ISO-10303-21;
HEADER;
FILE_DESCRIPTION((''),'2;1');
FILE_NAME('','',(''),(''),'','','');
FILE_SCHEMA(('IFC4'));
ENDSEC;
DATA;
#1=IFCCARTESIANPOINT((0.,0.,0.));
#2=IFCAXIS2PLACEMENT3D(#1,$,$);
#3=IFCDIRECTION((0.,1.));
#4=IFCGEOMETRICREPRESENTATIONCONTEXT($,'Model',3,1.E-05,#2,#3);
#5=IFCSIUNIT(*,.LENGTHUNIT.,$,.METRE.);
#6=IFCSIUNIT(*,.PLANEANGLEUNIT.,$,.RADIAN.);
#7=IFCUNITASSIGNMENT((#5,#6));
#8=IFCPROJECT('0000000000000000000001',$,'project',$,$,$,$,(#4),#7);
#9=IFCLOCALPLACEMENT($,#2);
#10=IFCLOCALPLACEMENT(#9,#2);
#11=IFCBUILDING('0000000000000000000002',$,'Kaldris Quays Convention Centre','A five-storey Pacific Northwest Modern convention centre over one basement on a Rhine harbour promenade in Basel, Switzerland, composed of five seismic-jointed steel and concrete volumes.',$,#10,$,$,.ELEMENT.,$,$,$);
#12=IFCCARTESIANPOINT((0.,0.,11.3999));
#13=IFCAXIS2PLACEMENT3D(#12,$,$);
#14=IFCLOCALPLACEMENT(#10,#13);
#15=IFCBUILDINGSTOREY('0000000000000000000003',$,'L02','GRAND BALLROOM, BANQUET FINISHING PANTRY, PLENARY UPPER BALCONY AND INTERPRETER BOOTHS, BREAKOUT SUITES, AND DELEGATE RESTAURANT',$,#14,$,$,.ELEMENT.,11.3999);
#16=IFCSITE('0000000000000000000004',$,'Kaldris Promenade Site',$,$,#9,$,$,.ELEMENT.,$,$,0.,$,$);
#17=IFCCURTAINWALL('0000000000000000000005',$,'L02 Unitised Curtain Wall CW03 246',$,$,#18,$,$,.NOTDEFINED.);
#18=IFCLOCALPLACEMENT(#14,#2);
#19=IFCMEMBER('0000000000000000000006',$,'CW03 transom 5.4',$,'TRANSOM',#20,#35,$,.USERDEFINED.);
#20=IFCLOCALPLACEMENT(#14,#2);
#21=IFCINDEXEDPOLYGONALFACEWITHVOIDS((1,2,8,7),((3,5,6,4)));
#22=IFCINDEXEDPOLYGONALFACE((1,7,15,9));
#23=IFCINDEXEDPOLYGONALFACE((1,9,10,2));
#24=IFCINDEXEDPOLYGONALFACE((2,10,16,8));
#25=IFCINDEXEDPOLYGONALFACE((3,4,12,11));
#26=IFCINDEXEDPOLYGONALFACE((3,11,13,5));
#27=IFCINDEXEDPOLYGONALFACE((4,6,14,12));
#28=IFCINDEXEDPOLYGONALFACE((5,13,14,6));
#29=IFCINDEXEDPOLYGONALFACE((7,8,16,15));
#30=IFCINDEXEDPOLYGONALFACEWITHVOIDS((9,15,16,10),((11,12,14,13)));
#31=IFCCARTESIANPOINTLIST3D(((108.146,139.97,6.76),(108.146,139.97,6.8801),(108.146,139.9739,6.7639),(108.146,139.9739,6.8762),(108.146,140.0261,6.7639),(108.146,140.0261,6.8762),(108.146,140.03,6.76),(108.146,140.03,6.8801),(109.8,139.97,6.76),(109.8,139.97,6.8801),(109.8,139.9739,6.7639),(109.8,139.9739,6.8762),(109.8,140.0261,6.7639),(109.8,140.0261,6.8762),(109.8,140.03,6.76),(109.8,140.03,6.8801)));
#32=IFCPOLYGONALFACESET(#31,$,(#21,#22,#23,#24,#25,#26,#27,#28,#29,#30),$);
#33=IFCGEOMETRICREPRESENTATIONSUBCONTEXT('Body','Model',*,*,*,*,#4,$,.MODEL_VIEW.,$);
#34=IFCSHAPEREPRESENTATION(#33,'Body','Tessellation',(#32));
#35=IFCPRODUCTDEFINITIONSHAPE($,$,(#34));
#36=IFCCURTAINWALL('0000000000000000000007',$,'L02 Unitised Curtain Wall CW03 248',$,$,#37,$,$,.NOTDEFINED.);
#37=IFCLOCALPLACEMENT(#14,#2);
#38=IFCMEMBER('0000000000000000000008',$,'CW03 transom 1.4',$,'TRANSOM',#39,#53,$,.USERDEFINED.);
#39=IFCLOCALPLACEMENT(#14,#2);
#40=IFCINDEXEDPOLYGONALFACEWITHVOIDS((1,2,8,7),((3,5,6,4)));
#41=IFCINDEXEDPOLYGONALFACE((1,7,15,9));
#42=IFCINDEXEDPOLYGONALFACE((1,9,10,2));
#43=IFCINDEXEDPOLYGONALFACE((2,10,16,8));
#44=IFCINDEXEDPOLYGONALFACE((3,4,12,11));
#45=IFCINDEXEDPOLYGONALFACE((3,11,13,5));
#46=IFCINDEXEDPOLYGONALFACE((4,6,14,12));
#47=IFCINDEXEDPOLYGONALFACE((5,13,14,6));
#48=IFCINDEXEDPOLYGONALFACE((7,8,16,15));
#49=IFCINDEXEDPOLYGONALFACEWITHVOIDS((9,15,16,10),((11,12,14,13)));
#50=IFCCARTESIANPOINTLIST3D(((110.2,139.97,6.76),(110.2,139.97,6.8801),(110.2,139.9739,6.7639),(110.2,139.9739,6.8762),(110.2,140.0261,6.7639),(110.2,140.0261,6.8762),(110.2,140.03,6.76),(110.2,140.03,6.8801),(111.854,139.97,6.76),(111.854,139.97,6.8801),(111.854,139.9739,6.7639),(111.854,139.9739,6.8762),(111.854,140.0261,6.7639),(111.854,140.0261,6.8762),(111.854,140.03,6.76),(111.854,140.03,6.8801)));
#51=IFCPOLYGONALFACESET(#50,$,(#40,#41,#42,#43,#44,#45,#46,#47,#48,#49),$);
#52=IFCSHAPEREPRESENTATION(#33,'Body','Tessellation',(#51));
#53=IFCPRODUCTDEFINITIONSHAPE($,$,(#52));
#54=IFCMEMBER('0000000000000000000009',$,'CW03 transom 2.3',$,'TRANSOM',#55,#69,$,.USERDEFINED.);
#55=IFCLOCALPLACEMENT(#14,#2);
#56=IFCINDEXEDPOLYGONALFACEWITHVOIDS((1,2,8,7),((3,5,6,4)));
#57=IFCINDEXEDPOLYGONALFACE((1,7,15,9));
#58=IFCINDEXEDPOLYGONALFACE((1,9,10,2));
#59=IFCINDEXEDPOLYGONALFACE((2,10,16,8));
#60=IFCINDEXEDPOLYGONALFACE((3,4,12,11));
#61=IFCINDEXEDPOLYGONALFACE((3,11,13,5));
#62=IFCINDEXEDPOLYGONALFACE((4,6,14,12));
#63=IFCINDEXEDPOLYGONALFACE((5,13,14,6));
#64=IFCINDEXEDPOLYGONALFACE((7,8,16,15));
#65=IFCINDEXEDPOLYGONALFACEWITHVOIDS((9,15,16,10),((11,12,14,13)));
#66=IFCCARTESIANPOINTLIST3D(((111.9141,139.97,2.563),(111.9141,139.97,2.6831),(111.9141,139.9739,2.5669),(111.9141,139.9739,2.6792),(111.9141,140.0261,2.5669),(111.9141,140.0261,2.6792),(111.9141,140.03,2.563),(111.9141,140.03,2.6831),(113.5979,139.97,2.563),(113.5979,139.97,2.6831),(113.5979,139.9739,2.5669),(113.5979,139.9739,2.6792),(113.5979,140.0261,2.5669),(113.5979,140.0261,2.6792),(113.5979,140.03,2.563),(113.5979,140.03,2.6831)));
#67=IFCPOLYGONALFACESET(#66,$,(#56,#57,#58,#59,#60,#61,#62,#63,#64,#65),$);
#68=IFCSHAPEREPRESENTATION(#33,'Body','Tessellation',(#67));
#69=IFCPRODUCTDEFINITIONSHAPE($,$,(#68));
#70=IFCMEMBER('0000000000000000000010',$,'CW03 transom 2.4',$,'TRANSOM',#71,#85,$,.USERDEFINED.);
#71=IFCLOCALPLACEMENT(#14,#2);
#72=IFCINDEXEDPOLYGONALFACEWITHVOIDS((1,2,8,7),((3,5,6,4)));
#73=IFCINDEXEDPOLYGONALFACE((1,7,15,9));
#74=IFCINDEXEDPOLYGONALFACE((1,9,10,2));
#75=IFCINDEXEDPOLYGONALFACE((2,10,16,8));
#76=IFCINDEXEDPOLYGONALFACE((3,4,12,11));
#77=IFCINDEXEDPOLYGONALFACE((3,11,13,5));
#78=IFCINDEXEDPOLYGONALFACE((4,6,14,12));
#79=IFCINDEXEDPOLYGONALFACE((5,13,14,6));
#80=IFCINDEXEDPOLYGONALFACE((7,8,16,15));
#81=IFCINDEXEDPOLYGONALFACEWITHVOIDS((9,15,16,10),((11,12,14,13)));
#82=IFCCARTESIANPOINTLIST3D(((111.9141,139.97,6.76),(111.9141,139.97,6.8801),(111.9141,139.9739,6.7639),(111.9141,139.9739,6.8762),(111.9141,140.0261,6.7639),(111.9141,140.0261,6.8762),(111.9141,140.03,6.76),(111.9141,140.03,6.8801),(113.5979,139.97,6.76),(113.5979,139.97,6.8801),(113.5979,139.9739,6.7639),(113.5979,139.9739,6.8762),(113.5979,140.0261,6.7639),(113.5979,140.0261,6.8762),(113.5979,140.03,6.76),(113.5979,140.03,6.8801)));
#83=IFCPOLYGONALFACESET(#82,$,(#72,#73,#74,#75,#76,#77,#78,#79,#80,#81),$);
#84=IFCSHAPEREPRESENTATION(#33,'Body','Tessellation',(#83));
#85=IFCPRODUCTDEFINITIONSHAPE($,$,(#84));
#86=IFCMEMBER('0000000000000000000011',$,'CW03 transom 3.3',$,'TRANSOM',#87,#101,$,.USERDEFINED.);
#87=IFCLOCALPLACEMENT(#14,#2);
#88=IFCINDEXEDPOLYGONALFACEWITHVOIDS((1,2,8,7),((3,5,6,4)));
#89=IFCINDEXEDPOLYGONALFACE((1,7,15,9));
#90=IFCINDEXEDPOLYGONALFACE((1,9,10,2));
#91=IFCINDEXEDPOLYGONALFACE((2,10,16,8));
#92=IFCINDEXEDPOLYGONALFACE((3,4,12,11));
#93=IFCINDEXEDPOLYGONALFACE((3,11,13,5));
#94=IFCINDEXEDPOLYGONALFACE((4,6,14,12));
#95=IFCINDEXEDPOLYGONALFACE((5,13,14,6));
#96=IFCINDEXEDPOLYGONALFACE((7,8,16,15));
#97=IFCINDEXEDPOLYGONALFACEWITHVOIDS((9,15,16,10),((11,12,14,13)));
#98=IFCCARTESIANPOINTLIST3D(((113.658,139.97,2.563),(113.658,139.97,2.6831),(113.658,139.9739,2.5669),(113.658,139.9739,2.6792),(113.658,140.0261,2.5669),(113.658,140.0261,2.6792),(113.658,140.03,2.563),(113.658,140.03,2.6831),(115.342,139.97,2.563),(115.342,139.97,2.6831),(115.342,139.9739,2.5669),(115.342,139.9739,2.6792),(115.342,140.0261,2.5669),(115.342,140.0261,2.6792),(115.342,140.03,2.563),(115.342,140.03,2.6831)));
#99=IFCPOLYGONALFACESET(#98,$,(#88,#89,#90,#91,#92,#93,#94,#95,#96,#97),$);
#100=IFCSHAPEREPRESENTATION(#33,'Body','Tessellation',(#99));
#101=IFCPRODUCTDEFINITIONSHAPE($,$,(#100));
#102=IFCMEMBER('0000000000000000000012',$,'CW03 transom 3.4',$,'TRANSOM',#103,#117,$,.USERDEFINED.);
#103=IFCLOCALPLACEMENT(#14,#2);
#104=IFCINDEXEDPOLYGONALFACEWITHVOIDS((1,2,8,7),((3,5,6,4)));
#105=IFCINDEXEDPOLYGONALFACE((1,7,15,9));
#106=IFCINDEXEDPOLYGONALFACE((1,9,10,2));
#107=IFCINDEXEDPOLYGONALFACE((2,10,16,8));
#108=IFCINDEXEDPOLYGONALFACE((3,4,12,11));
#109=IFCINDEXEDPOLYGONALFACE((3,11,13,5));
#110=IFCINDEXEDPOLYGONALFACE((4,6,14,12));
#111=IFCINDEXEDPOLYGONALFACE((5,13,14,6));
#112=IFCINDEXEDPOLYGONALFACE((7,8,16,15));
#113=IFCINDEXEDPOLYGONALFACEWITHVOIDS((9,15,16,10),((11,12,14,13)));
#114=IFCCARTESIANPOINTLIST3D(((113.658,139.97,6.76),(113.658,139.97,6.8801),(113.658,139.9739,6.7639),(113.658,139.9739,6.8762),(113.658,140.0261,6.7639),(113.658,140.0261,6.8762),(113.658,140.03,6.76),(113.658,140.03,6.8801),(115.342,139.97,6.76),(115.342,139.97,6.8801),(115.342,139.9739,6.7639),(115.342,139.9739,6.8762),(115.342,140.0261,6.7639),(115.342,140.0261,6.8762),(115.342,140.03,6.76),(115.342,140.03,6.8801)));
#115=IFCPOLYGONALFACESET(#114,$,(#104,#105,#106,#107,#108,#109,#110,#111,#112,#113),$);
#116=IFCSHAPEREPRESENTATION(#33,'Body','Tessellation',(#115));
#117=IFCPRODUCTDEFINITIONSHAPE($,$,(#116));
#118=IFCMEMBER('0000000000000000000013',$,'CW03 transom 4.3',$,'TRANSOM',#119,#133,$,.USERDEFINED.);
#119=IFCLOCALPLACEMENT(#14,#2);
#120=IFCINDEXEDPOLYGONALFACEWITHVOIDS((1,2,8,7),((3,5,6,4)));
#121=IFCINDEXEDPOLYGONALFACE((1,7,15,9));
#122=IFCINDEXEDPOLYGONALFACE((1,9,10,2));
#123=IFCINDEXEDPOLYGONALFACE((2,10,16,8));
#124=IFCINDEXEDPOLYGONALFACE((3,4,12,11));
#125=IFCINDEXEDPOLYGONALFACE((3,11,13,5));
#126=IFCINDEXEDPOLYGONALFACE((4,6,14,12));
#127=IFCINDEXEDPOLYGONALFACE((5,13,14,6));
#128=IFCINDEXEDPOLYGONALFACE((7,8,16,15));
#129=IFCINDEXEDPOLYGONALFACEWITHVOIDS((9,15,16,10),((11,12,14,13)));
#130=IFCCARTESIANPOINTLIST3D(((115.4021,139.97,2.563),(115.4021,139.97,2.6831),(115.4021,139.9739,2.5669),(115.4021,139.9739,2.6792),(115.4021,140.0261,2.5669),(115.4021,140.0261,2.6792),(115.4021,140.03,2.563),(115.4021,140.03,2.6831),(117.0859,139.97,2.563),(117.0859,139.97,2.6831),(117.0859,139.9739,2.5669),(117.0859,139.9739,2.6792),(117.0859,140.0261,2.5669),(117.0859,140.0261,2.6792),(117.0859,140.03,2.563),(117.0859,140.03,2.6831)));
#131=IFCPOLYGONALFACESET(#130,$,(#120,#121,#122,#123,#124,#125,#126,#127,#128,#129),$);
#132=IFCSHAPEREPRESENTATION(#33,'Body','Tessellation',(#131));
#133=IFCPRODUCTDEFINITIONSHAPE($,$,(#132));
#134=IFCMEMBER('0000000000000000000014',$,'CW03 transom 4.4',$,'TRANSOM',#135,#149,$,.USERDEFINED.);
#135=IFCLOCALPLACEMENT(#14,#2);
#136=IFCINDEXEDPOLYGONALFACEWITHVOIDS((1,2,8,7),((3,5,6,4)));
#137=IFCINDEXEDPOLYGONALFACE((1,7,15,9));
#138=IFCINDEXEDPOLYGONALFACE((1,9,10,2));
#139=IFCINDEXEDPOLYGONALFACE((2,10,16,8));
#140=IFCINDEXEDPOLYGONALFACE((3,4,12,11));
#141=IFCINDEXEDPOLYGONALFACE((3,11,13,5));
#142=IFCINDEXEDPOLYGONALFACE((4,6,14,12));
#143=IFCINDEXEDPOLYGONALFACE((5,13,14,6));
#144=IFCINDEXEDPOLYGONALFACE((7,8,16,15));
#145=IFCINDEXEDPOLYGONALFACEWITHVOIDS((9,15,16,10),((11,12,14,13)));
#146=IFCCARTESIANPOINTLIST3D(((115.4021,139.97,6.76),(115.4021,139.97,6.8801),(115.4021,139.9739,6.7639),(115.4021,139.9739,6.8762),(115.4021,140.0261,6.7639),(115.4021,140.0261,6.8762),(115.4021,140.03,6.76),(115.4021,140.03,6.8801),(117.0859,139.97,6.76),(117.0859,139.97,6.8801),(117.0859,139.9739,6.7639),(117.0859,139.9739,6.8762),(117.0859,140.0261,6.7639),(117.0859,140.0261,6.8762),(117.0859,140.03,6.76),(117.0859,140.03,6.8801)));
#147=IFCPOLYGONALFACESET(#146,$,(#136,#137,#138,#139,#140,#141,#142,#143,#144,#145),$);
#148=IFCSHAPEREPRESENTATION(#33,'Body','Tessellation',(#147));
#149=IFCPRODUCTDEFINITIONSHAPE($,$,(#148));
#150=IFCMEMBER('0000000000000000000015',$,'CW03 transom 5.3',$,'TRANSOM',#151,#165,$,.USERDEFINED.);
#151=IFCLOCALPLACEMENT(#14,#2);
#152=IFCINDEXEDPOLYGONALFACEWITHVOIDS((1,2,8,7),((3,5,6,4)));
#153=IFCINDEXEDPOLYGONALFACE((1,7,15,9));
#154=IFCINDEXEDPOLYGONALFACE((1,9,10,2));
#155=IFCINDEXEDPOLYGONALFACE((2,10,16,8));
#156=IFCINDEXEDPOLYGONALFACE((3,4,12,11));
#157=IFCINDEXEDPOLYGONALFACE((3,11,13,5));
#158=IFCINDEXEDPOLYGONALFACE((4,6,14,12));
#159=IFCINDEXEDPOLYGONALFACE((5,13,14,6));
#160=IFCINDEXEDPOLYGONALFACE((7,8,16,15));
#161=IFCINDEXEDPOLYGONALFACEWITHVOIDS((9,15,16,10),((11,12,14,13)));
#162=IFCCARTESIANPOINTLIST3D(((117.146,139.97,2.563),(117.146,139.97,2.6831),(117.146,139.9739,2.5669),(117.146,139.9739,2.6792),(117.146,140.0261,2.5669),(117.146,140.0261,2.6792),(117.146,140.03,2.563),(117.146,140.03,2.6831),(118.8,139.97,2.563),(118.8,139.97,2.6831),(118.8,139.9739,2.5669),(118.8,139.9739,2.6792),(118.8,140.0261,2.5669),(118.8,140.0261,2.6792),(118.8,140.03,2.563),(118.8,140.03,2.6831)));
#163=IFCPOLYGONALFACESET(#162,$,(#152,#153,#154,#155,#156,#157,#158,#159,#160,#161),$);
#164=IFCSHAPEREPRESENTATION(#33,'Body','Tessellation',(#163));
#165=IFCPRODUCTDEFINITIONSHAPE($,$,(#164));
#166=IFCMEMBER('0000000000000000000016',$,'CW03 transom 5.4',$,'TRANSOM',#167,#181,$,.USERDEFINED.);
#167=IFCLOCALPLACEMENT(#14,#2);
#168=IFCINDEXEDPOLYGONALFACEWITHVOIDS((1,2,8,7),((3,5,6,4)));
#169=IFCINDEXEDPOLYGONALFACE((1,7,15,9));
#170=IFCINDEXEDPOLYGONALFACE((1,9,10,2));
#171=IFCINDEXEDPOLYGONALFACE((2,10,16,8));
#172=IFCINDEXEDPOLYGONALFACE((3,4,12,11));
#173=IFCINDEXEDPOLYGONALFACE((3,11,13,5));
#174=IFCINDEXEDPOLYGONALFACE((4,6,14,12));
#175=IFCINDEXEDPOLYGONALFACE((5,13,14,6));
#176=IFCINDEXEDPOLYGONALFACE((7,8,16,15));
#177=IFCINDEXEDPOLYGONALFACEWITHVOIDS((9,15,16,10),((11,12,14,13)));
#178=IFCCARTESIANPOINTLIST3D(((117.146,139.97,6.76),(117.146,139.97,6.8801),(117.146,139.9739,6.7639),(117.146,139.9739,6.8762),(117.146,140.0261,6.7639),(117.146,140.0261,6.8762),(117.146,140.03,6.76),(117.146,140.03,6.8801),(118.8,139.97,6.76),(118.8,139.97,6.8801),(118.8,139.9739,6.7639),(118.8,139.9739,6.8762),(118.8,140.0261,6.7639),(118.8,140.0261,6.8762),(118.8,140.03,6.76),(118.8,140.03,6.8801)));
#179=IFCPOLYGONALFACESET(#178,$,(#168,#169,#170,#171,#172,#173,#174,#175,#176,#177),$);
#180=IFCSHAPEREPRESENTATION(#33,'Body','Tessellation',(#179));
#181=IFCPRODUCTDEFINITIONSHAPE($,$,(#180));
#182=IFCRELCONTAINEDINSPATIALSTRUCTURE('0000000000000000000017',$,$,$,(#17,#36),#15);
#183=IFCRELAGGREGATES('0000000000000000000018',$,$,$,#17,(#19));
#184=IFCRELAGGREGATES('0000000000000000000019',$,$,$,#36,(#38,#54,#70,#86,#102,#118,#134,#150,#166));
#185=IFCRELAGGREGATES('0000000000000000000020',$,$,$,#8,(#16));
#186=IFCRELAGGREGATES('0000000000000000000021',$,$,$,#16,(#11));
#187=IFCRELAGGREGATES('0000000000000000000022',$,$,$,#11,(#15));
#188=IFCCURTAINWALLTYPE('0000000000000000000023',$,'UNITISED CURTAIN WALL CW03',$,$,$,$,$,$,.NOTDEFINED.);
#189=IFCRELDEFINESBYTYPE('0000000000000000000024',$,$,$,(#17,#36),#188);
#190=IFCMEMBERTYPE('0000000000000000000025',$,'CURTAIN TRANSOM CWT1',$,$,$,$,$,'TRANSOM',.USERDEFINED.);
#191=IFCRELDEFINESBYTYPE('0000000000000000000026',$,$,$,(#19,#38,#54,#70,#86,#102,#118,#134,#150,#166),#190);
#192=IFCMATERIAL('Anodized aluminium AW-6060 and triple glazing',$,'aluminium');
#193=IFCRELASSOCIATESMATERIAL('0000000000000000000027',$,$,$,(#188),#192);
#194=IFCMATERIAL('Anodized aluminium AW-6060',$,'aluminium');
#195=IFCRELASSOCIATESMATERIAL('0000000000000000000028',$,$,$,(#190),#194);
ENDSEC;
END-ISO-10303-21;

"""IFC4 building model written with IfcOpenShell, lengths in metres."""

from ifc_helpers import new_model, si_unit, direction, frame, origin, origin_2d, place, context, subcontext, project, spatial, hollow_rectangle, extrude, material, material_profile, profile_set, type_object, element, aggregate, save


model = new_model("IFC4")

# Units and contexts
model_context = context("Model", 3, precision=1e-05, world=origin(), true_north=direction((0.0, 1.0)))
body_context = subcontext(model_context, "Body", "Model", "MODEL_VIEW")
ifc_project = project(units=[si_unit("LENGTHUNIT", "METRE"), si_unit("PLANEANGLEUNIT", "RADIAN")], contexts=[model_context])

# Site, building, storey
site_placement = place(None, origin())
site = spatial("IfcSite", under=ifc_project, at=site_placement, Name="Kaldris Promenade Site", CompositionType="ELEMENT", RefElevation=0.0)
building_placement = place(site_placement, origin())
building = spatial("IfcBuilding", under=site, at=building_placement, Name="Kaldris Quays Convention Centre", Description="A five-storey Pacific Northwest Modern convention centre over one basement on a Rhine harbour promenade in Basel, Switzerland, composed of five seismic-jointed steel and concrete volumes.", CompositionType="ELEMENT")
storey_placement = place(building_placement, frame((0.0, 0.0, 11.3999)))
storey = spatial("IfcBuildingStorey", under=building, at=storey_placement, Name="L02", Description="GRAND BALLROOM, BANQUET FINISHING PANTRY, PLENARY UPPER BALCONY AND INTERPRETER BOOTHS, BREAKOUT SUITES, AND DELEGATE RESTAURANT", CompositionType="ELEMENT", Elevation=11.3999)

# Curtain wall, member
ifc_material_1 = material(Name="Anodized aluminium AW-6060 and triple glazing", Category="aluminium")
curtain_wall_type = type_object("IfcCurtainWallType", Name="UNITISED CURTAIN WALL CW03", PredefinedType="NOTDEFINED", material=ifc_material_1)
curtain_wall_1_placement = place(storey_placement, origin())
curtain_wall_1 = element("IfcCurtainWall", 1, at=curtain_wall_1_placement, inside=storey, type_object=curtain_wall_type, Name="L02 Unitised Curtain Wall CW03 246", PredefinedType="NOTDEFINED")
ifc_material_2 = material(Name="Anodized aluminium AW-6060", Category="aluminium")
ifc_material_profile_1 = material_profile(ifc_material_2, hollow_rectangle(XDim=0.0601, YDim=0.1201, WallThickness=0.0039, at=origin_2d()), Name="RHS 120x60x4")
ifc_profile_set_1 = profile_set([ifc_material_profile_1], Name="Anodized aluminium AW-6060")
member_type_1 = type_object("IfcMemberType", Name="CURTAIN TRANSOM CWT1", ElementType="TRANSOM", PredefinedType="USERDEFINED", material=ifc_profile_set_1)
member_1_placement = place(storey_placement, frame((108.146, 140.0, 6.8201), z_axis=(1.0, 0.0, 0.0), x_axis=(0.0, 1.0, 0.0)))
member_1 = element("IfcMember", 2, at=member_1_placement, type_object=member_type_1, Name="CW03 transom 5.4", ObjectType="TRANSOM", PredefinedType="USERDEFINED", context=body_context, shape_type="SweptSolid", body=[
    extrude(hollow_rectangle(XDim=0.0601, YDim=0.1201, WallThickness=0.0039, at=origin_2d()), origin(), (0.0, 0.0, 1.0), 1.6541),
])

# Curtain wall, members
curtain_wall_2_placement = place(storey_placement, origin())
curtain_wall_2 = element("IfcCurtainWall", 3, at=curtain_wall_2_placement, inside=storey, type_object=curtain_wall_type, Name="L02 Unitised Curtain Wall CW03 248", PredefinedType="NOTDEFINED")
member_2_placement = place(storey_placement, frame((110.2, 140.0, 6.8201), z_axis=(1.0, 0.0, 0.0), x_axis=(0.0, 1.0, 0.0)))
member_2 = element("IfcMember", 4, at=member_2_placement, type_object=member_type_1, Name="CW03 transom 1.4", ObjectType="TRANSOM", PredefinedType="USERDEFINED", context=body_context, shape_type="SweptSolid", body=[
    extrude(hollow_rectangle(XDim=0.0601, YDim=0.1201, WallThickness=0.0039, at=origin_2d()), origin(), (0.0, 0.0, 1.0), 1.6541),
])
member_3_placement = place(storey_placement, frame((111.9141, 140.0, 2.623), z_axis=(1.0, 0.0, 0.0), x_axis=(0.0, 1.0, 0.0)))
member_3 = element("IfcMember", 5, at=member_3_placement, type_object=member_type_1, Name="CW03 transom 2.3", ObjectType="TRANSOM", PredefinedType="USERDEFINED", context=body_context, shape_type="SweptSolid", body=[
    extrude(hollow_rectangle(XDim=0.0601, YDim=0.1201, WallThickness=0.0039, at=origin_2d()), origin(), (0.0, 0.0, 1.0), 1.6838),
])
member_4_placement = place(storey_placement, frame((111.9141, 140.0, 6.8201), z_axis=(1.0, 0.0, 0.0), x_axis=(0.0, 1.0, 0.0)))
member_4 = element("IfcMember", 6, at=member_4_placement, type_object=member_type_1, Name="CW03 transom 2.4", ObjectType="TRANSOM", PredefinedType="USERDEFINED", context=body_context, shape_type="SweptSolid", body=[
    extrude(hollow_rectangle(XDim=0.0601, YDim=0.1201, WallThickness=0.0039, at=origin_2d()), origin(), (0.0, 0.0, 1.0), 1.6838),
])
member_5_placement = place(storey_placement, frame((113.658, 140.0, 2.623), z_axis=(1.0, 0.0, 0.0), x_axis=(0.0, 1.0, 0.0)))
member_5 = element("IfcMember", 7, at=member_5_placement, type_object=member_type_1, Name="CW03 transom 3.3", ObjectType="TRANSOM", PredefinedType="USERDEFINED", context=body_context, shape_type="SweptSolid", body=[
    extrude(hollow_rectangle(XDim=0.0601, YDim=0.1201, WallThickness=0.0039, at=origin_2d()), origin(), (0.0, 0.0, 1.0), 1.6841),
])
member_6_placement = place(storey_placement, frame((113.658, 140.0, 6.8201), z_axis=(1.0, 0.0, 0.0), x_axis=(0.0, 1.0, 0.0)))
member_6 = element("IfcMember", 8, at=member_6_placement, type_object=member_type_1, Name="CW03 transom 3.4", ObjectType="TRANSOM", PredefinedType="USERDEFINED", context=body_context, shape_type="SweptSolid", body=[
    extrude(hollow_rectangle(XDim=0.0601, YDim=0.1201, WallThickness=0.0039, at=origin_2d()), origin(), (0.0, 0.0, 1.0), 1.6841),
])
member_7_placement = place(storey_placement, frame((115.4021, 140.0, 2.623), z_axis=(1.0, 0.0, 0.0), x_axis=(0.0, 1.0, 0.0)))
member_7 = element("IfcMember", 9, at=member_7_placement, type_object=member_type_1, Name="CW03 transom 4.3", ObjectType="TRANSOM", PredefinedType="USERDEFINED", context=body_context, shape_type="SweptSolid", body=[
    extrude(hollow_rectangle(XDim=0.0601, YDim=0.1201, WallThickness=0.0039, at=origin_2d()), origin(), (0.0, 0.0, 1.0), 1.6838),
])
member_8_placement = place(storey_placement, frame((115.4021, 140.0, 6.8201), z_axis=(1.0, 0.0, 0.0), x_axis=(0.0, 1.0, 0.0)))
member_8 = element("IfcMember", 10, at=member_8_placement, type_object=member_type_1, Name="CW03 transom 4.4", ObjectType="TRANSOM", PredefinedType="USERDEFINED", context=body_context, shape_type="SweptSolid", body=[
    extrude(hollow_rectangle(XDim=0.0601, YDim=0.1201, WallThickness=0.0039, at=origin_2d()), origin(), (0.0, 0.0, 1.0), 1.6838),
])
member_9_placement = place(storey_placement, frame((117.146, 140.0, 2.623), z_axis=(1.0, 0.0, 0.0), x_axis=(0.0, 1.0, 0.0)))
member_9 = element("IfcMember", 11, at=member_9_placement, type_object=member_type_1, Name="CW03 transom 5.3", ObjectType="TRANSOM", PredefinedType="USERDEFINED", context=body_context, shape_type="SweptSolid", body=[
    extrude(hollow_rectangle(XDim=0.0601, YDim=0.1201, WallThickness=0.0039, at=origin_2d()), origin(), (0.0, 0.0, 1.0), 1.6541),
])
member_10_placement = place(storey_placement, frame((117.146, 140.0, 6.8201), z_axis=(1.0, 0.0, 0.0), x_axis=(0.0, 1.0, 0.0)))
member_10 = element("IfcMember", 12, at=member_10_placement, type_object=member_type_1, Name="CW03 transom 5.4", ObjectType="TRANSOM", PredefinedType="USERDEFINED", context=body_context, shape_type="SweptSolid", body=[
    extrude(hollow_rectangle(XDim=0.0601, YDim=0.1201, WallThickness=0.0039, at=origin_2d()), origin(), (0.0, 0.0, 1.0), 1.6541),
])

aggregate(curtain_wall_1, [member_1])
aggregate(curtain_wall_2, [member_2, member_3, member_4, member_5, member_6, member_7, member_8, member_9, member_10])

save(model, "model.ifc")
